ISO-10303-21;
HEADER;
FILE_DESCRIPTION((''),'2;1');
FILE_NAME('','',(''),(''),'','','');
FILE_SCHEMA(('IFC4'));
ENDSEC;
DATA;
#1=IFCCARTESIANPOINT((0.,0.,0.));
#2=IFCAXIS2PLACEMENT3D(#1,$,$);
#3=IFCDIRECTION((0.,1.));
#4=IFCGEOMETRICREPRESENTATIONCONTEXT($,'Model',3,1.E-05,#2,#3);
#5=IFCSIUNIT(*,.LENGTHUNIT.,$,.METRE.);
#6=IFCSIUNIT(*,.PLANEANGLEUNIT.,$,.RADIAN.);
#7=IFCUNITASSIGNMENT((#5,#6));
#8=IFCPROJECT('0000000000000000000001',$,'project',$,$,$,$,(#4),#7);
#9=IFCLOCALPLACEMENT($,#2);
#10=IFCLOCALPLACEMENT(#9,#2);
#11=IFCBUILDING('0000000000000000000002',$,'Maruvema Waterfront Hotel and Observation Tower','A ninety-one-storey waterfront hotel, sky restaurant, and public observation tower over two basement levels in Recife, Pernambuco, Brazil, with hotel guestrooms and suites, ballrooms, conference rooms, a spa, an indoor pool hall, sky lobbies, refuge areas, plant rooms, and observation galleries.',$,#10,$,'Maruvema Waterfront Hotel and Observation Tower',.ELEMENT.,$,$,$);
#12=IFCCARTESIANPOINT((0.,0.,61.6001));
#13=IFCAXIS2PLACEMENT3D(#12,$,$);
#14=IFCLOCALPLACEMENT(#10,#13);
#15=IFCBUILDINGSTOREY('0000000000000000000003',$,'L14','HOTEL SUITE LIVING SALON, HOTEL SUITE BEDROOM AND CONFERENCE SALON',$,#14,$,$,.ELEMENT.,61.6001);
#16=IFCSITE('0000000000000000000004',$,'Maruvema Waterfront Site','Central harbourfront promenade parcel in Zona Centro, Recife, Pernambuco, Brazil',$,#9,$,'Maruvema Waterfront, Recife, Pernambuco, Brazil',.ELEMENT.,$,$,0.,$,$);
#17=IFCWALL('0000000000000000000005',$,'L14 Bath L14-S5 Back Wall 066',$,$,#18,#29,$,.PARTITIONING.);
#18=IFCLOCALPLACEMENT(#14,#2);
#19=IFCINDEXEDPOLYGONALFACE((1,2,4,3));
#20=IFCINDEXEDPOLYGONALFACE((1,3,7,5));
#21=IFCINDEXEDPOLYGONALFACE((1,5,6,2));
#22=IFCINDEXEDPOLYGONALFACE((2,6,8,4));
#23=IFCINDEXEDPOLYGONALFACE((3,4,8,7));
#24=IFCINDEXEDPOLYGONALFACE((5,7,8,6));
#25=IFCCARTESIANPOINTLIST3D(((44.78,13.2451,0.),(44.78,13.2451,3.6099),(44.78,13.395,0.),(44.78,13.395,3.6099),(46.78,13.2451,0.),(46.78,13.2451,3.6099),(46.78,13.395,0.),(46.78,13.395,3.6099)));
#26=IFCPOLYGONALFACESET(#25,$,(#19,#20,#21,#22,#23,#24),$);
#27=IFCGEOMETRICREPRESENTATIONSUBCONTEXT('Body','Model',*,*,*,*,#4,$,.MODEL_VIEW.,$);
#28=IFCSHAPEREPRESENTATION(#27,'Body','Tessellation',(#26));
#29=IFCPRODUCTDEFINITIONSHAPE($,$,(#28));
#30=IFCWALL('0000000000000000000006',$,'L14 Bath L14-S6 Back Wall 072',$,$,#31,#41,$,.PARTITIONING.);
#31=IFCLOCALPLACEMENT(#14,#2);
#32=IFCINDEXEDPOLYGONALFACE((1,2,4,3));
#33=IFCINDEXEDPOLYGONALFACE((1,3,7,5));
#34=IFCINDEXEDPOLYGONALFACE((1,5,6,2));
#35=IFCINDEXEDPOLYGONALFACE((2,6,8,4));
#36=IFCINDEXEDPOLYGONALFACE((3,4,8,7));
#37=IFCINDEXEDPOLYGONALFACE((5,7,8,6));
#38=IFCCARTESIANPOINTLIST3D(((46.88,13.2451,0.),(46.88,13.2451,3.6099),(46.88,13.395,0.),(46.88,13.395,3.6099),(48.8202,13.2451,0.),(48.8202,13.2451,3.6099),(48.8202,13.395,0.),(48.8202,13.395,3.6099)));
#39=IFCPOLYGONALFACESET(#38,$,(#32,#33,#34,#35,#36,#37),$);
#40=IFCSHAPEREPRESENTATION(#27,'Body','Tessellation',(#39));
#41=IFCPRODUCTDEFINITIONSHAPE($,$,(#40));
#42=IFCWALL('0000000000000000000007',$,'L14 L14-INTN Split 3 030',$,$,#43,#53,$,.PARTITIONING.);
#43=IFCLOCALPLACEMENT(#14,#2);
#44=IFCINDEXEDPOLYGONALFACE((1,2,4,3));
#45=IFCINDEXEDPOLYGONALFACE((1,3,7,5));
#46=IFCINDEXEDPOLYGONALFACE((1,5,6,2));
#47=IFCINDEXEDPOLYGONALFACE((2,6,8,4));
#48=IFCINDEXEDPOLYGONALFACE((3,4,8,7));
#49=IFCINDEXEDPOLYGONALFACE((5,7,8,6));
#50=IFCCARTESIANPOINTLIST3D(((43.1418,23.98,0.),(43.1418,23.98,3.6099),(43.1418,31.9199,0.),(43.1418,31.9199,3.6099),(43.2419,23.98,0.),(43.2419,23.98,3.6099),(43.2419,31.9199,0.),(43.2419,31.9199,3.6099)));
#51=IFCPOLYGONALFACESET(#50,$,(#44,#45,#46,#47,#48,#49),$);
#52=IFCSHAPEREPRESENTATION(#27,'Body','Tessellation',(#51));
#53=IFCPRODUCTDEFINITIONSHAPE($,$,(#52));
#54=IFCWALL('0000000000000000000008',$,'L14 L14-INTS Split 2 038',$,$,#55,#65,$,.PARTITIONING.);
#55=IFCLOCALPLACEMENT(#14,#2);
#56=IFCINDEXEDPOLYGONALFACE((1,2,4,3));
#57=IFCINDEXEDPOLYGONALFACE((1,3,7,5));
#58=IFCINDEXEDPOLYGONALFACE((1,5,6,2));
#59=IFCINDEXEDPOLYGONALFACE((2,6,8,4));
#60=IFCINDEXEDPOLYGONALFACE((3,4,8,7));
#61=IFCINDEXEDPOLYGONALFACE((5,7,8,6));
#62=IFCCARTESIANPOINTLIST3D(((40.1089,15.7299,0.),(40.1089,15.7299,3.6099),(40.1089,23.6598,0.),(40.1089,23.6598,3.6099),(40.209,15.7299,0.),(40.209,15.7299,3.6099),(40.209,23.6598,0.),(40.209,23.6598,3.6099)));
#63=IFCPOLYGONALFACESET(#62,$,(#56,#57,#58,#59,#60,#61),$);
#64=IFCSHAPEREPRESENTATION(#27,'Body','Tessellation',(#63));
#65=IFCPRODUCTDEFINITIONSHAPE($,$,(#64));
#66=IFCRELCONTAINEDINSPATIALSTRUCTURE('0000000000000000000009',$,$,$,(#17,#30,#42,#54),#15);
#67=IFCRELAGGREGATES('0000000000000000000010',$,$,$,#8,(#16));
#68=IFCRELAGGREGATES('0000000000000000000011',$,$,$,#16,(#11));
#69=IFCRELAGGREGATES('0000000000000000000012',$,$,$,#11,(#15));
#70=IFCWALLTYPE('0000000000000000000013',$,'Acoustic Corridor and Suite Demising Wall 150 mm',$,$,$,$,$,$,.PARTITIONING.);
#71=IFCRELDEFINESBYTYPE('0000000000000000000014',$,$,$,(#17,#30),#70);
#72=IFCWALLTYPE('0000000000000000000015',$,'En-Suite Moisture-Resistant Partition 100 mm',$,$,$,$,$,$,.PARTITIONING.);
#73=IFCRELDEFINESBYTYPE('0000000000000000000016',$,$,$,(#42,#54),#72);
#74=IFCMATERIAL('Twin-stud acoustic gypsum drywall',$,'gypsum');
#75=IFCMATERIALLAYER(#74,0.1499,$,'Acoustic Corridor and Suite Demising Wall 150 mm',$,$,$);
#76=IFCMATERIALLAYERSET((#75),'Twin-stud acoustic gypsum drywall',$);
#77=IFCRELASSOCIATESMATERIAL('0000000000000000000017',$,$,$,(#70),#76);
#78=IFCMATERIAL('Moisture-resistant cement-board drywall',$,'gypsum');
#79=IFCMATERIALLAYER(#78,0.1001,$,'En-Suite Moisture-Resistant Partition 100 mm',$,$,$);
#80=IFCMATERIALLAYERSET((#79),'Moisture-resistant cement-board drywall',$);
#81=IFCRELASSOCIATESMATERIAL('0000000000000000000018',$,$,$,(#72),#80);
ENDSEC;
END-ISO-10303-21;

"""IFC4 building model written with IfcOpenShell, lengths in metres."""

from ifc_helpers import new_model, si_unit, direction, frame, frame_2d, origin, place, context, subcontext, project, spatial, rectangle, extrude, material, layer, layer_set, type_object, element, save


model = new_model("IFC4")

# Units and contexts
model_context = context("Model", 3, precision=1e-05, world=origin(), true_north=direction((0.0, 1.0)))
body_context = subcontext(model_context, "Body", "Model", "MODEL_VIEW")
ifc_project = project(units=[si_unit("LENGTHUNIT", "METRE"), si_unit("PLANEANGLEUNIT", "RADIAN")], contexts=[model_context])

# Site, building, storey
site_placement = place(None, origin())
site = spatial("IfcSite", under=ifc_project, at=site_placement, Name="Maruvema Waterfront Site", Description="Central harbourfront promenade parcel in Zona Centro, Recife, Pernambuco, Brazil", LongName="Maruvema Waterfront, Recife, Pernambuco, Brazil", CompositionType="ELEMENT", RefElevation=0.0)
building_placement = place(site_placement, origin())
building = spatial("IfcBuilding", under=site, at=building_placement, Name="Maruvema Waterfront Hotel and Observation Tower", Description="A ninety-one-storey waterfront hotel, sky restaurant, and public observation tower over two basement levels in Recife, Pernambuco, Brazil, with hotel guestrooms and suites, ballrooms, conference rooms, a spa, an indoor pool hall, sky lobbies, refuge areas, plant rooms, and observation galleries.", LongName="Maruvema Waterfront Hotel and Observation Tower", CompositionType="ELEMENT")
storey_placement = place(building_placement, frame((0.0, 0.0, 61.6001)))
storey = spatial("IfcBuildingStorey", under=building, at=storey_placement, Name="L14", Description="HOTEL SUITE LIVING SALON, HOTEL SUITE BEDROOM AND CONFERENCE SALON", CompositionType="ELEMENT", Elevation=61.6001)

# Shared definitions
ifc_material_1 = material(Name="Twin-stud acoustic gypsum drywall", Category="gypsum")
ifc_layer_1 = layer(ifc_material_1, 0.1499, Name="Acoustic Corridor and Suite Demising Wall 150 mm")
ifc_layer_set_1 = layer_set([ifc_layer_1], Name="Twin-stud acoustic gypsum drywall")
wall_type_1 = type_object("IfcWallType", Name="Acoustic Corridor and Suite Demising Wall 150 mm", PredefinedType="PARTITIONING", material=ifc_layer_set_1)

# Walls
wall_1_placement = place(storey_placement, frame((44.78, 13.3201, 0.0), z_axis=(0.0, 0.0, 1.0), x_axis=(1.0, 0.0, 0.0)))
element("IfcWall", 1, at=wall_1_placement, inside=storey, type_object=wall_type_1, Name="L14 Bath L14-S5 Back Wall 066", PredefinedType="PARTITIONING", context=body_context, shape_type="SweptSolid", body=[
    extrude(rectangle(XDim=2.0, YDim=0.1499, at=frame_2d((1.0, 0.0))), origin(), (0.0, 0.0, 1.0), 3.6099),
])
wall_2_placement = place(storey_placement, frame((46.8799, 13.3201, 0.0), z_axis=(0.0, 0.0, 1.0), x_axis=(1.0, 0.0, 0.0)))
element("IfcWall", 2, at=wall_2_placement, inside=storey, type_object=wall_type_1, Name="L14 Bath L14-S6 Back Wall 072", PredefinedType="PARTITIONING", context=body_context, shape_type="SweptSolid", body=[
    extrude(rectangle(XDim=1.9402, YDim=0.1499, at=frame_2d((0.9702, 0.0))), origin(), (0.0, 0.0, 1.0), 3.6099),
])

# Walls
ifc_material_2 = material(Name="Moisture-resistant cement-board drywall", Category="gypsum")
ifc_layer_2 = layer(ifc_material_2, 0.1001, Name="En-Suite Moisture-Resistant Partition 100 mm")
ifc_layer_set_2 = layer_set([ifc_layer_2], Name="Moisture-resistant cement-board drywall")
wall_type_2 = type_object("IfcWallType", Name="En-Suite Moisture-Resistant Partition 100 mm", PredefinedType="PARTITIONING", material=ifc_layer_set_2)
wall_3_placement = place(storey_placement, frame((43.1919, 23.98, 0.0), z_axis=(0.0, 0.0, 1.0), x_axis=(0.0, 1.0, 0.0)))
element("IfcWall", 3, at=wall_3_placement, inside=storey, type_object=wall_type_2, Name="L14 L14-INTN Split 3 030", PredefinedType="PARTITIONING", context=body_context, shape_type="SweptSolid", body=[
    extrude(rectangle(XDim=7.9399, YDim=0.1001, at=frame_2d((3.97, 0.0))), origin(), (0.0, 0.0, 1.0), 3.6099),
])
wall_4_placement = place(storey_placement, frame((40.1589, 15.73, 0.0), z_axis=(0.0, 0.0, 1.0), x_axis=(0.0, 1.0, 0.0)))
element("IfcWall", 4, at=wall_4_placement, inside=storey, type_object=wall_type_2, Name="L14 L14-INTS Split 2 038", PredefinedType="PARTITIONING", context=body_context, shape_type="SweptSolid", body=[
    extrude(rectangle(XDim=7.9299, YDim=0.1001, at=frame_2d((3.9648, 0.0))), origin(), (0.0, 0.0, 1.0), 3.6099),
])

save(model, "model.ifc")
